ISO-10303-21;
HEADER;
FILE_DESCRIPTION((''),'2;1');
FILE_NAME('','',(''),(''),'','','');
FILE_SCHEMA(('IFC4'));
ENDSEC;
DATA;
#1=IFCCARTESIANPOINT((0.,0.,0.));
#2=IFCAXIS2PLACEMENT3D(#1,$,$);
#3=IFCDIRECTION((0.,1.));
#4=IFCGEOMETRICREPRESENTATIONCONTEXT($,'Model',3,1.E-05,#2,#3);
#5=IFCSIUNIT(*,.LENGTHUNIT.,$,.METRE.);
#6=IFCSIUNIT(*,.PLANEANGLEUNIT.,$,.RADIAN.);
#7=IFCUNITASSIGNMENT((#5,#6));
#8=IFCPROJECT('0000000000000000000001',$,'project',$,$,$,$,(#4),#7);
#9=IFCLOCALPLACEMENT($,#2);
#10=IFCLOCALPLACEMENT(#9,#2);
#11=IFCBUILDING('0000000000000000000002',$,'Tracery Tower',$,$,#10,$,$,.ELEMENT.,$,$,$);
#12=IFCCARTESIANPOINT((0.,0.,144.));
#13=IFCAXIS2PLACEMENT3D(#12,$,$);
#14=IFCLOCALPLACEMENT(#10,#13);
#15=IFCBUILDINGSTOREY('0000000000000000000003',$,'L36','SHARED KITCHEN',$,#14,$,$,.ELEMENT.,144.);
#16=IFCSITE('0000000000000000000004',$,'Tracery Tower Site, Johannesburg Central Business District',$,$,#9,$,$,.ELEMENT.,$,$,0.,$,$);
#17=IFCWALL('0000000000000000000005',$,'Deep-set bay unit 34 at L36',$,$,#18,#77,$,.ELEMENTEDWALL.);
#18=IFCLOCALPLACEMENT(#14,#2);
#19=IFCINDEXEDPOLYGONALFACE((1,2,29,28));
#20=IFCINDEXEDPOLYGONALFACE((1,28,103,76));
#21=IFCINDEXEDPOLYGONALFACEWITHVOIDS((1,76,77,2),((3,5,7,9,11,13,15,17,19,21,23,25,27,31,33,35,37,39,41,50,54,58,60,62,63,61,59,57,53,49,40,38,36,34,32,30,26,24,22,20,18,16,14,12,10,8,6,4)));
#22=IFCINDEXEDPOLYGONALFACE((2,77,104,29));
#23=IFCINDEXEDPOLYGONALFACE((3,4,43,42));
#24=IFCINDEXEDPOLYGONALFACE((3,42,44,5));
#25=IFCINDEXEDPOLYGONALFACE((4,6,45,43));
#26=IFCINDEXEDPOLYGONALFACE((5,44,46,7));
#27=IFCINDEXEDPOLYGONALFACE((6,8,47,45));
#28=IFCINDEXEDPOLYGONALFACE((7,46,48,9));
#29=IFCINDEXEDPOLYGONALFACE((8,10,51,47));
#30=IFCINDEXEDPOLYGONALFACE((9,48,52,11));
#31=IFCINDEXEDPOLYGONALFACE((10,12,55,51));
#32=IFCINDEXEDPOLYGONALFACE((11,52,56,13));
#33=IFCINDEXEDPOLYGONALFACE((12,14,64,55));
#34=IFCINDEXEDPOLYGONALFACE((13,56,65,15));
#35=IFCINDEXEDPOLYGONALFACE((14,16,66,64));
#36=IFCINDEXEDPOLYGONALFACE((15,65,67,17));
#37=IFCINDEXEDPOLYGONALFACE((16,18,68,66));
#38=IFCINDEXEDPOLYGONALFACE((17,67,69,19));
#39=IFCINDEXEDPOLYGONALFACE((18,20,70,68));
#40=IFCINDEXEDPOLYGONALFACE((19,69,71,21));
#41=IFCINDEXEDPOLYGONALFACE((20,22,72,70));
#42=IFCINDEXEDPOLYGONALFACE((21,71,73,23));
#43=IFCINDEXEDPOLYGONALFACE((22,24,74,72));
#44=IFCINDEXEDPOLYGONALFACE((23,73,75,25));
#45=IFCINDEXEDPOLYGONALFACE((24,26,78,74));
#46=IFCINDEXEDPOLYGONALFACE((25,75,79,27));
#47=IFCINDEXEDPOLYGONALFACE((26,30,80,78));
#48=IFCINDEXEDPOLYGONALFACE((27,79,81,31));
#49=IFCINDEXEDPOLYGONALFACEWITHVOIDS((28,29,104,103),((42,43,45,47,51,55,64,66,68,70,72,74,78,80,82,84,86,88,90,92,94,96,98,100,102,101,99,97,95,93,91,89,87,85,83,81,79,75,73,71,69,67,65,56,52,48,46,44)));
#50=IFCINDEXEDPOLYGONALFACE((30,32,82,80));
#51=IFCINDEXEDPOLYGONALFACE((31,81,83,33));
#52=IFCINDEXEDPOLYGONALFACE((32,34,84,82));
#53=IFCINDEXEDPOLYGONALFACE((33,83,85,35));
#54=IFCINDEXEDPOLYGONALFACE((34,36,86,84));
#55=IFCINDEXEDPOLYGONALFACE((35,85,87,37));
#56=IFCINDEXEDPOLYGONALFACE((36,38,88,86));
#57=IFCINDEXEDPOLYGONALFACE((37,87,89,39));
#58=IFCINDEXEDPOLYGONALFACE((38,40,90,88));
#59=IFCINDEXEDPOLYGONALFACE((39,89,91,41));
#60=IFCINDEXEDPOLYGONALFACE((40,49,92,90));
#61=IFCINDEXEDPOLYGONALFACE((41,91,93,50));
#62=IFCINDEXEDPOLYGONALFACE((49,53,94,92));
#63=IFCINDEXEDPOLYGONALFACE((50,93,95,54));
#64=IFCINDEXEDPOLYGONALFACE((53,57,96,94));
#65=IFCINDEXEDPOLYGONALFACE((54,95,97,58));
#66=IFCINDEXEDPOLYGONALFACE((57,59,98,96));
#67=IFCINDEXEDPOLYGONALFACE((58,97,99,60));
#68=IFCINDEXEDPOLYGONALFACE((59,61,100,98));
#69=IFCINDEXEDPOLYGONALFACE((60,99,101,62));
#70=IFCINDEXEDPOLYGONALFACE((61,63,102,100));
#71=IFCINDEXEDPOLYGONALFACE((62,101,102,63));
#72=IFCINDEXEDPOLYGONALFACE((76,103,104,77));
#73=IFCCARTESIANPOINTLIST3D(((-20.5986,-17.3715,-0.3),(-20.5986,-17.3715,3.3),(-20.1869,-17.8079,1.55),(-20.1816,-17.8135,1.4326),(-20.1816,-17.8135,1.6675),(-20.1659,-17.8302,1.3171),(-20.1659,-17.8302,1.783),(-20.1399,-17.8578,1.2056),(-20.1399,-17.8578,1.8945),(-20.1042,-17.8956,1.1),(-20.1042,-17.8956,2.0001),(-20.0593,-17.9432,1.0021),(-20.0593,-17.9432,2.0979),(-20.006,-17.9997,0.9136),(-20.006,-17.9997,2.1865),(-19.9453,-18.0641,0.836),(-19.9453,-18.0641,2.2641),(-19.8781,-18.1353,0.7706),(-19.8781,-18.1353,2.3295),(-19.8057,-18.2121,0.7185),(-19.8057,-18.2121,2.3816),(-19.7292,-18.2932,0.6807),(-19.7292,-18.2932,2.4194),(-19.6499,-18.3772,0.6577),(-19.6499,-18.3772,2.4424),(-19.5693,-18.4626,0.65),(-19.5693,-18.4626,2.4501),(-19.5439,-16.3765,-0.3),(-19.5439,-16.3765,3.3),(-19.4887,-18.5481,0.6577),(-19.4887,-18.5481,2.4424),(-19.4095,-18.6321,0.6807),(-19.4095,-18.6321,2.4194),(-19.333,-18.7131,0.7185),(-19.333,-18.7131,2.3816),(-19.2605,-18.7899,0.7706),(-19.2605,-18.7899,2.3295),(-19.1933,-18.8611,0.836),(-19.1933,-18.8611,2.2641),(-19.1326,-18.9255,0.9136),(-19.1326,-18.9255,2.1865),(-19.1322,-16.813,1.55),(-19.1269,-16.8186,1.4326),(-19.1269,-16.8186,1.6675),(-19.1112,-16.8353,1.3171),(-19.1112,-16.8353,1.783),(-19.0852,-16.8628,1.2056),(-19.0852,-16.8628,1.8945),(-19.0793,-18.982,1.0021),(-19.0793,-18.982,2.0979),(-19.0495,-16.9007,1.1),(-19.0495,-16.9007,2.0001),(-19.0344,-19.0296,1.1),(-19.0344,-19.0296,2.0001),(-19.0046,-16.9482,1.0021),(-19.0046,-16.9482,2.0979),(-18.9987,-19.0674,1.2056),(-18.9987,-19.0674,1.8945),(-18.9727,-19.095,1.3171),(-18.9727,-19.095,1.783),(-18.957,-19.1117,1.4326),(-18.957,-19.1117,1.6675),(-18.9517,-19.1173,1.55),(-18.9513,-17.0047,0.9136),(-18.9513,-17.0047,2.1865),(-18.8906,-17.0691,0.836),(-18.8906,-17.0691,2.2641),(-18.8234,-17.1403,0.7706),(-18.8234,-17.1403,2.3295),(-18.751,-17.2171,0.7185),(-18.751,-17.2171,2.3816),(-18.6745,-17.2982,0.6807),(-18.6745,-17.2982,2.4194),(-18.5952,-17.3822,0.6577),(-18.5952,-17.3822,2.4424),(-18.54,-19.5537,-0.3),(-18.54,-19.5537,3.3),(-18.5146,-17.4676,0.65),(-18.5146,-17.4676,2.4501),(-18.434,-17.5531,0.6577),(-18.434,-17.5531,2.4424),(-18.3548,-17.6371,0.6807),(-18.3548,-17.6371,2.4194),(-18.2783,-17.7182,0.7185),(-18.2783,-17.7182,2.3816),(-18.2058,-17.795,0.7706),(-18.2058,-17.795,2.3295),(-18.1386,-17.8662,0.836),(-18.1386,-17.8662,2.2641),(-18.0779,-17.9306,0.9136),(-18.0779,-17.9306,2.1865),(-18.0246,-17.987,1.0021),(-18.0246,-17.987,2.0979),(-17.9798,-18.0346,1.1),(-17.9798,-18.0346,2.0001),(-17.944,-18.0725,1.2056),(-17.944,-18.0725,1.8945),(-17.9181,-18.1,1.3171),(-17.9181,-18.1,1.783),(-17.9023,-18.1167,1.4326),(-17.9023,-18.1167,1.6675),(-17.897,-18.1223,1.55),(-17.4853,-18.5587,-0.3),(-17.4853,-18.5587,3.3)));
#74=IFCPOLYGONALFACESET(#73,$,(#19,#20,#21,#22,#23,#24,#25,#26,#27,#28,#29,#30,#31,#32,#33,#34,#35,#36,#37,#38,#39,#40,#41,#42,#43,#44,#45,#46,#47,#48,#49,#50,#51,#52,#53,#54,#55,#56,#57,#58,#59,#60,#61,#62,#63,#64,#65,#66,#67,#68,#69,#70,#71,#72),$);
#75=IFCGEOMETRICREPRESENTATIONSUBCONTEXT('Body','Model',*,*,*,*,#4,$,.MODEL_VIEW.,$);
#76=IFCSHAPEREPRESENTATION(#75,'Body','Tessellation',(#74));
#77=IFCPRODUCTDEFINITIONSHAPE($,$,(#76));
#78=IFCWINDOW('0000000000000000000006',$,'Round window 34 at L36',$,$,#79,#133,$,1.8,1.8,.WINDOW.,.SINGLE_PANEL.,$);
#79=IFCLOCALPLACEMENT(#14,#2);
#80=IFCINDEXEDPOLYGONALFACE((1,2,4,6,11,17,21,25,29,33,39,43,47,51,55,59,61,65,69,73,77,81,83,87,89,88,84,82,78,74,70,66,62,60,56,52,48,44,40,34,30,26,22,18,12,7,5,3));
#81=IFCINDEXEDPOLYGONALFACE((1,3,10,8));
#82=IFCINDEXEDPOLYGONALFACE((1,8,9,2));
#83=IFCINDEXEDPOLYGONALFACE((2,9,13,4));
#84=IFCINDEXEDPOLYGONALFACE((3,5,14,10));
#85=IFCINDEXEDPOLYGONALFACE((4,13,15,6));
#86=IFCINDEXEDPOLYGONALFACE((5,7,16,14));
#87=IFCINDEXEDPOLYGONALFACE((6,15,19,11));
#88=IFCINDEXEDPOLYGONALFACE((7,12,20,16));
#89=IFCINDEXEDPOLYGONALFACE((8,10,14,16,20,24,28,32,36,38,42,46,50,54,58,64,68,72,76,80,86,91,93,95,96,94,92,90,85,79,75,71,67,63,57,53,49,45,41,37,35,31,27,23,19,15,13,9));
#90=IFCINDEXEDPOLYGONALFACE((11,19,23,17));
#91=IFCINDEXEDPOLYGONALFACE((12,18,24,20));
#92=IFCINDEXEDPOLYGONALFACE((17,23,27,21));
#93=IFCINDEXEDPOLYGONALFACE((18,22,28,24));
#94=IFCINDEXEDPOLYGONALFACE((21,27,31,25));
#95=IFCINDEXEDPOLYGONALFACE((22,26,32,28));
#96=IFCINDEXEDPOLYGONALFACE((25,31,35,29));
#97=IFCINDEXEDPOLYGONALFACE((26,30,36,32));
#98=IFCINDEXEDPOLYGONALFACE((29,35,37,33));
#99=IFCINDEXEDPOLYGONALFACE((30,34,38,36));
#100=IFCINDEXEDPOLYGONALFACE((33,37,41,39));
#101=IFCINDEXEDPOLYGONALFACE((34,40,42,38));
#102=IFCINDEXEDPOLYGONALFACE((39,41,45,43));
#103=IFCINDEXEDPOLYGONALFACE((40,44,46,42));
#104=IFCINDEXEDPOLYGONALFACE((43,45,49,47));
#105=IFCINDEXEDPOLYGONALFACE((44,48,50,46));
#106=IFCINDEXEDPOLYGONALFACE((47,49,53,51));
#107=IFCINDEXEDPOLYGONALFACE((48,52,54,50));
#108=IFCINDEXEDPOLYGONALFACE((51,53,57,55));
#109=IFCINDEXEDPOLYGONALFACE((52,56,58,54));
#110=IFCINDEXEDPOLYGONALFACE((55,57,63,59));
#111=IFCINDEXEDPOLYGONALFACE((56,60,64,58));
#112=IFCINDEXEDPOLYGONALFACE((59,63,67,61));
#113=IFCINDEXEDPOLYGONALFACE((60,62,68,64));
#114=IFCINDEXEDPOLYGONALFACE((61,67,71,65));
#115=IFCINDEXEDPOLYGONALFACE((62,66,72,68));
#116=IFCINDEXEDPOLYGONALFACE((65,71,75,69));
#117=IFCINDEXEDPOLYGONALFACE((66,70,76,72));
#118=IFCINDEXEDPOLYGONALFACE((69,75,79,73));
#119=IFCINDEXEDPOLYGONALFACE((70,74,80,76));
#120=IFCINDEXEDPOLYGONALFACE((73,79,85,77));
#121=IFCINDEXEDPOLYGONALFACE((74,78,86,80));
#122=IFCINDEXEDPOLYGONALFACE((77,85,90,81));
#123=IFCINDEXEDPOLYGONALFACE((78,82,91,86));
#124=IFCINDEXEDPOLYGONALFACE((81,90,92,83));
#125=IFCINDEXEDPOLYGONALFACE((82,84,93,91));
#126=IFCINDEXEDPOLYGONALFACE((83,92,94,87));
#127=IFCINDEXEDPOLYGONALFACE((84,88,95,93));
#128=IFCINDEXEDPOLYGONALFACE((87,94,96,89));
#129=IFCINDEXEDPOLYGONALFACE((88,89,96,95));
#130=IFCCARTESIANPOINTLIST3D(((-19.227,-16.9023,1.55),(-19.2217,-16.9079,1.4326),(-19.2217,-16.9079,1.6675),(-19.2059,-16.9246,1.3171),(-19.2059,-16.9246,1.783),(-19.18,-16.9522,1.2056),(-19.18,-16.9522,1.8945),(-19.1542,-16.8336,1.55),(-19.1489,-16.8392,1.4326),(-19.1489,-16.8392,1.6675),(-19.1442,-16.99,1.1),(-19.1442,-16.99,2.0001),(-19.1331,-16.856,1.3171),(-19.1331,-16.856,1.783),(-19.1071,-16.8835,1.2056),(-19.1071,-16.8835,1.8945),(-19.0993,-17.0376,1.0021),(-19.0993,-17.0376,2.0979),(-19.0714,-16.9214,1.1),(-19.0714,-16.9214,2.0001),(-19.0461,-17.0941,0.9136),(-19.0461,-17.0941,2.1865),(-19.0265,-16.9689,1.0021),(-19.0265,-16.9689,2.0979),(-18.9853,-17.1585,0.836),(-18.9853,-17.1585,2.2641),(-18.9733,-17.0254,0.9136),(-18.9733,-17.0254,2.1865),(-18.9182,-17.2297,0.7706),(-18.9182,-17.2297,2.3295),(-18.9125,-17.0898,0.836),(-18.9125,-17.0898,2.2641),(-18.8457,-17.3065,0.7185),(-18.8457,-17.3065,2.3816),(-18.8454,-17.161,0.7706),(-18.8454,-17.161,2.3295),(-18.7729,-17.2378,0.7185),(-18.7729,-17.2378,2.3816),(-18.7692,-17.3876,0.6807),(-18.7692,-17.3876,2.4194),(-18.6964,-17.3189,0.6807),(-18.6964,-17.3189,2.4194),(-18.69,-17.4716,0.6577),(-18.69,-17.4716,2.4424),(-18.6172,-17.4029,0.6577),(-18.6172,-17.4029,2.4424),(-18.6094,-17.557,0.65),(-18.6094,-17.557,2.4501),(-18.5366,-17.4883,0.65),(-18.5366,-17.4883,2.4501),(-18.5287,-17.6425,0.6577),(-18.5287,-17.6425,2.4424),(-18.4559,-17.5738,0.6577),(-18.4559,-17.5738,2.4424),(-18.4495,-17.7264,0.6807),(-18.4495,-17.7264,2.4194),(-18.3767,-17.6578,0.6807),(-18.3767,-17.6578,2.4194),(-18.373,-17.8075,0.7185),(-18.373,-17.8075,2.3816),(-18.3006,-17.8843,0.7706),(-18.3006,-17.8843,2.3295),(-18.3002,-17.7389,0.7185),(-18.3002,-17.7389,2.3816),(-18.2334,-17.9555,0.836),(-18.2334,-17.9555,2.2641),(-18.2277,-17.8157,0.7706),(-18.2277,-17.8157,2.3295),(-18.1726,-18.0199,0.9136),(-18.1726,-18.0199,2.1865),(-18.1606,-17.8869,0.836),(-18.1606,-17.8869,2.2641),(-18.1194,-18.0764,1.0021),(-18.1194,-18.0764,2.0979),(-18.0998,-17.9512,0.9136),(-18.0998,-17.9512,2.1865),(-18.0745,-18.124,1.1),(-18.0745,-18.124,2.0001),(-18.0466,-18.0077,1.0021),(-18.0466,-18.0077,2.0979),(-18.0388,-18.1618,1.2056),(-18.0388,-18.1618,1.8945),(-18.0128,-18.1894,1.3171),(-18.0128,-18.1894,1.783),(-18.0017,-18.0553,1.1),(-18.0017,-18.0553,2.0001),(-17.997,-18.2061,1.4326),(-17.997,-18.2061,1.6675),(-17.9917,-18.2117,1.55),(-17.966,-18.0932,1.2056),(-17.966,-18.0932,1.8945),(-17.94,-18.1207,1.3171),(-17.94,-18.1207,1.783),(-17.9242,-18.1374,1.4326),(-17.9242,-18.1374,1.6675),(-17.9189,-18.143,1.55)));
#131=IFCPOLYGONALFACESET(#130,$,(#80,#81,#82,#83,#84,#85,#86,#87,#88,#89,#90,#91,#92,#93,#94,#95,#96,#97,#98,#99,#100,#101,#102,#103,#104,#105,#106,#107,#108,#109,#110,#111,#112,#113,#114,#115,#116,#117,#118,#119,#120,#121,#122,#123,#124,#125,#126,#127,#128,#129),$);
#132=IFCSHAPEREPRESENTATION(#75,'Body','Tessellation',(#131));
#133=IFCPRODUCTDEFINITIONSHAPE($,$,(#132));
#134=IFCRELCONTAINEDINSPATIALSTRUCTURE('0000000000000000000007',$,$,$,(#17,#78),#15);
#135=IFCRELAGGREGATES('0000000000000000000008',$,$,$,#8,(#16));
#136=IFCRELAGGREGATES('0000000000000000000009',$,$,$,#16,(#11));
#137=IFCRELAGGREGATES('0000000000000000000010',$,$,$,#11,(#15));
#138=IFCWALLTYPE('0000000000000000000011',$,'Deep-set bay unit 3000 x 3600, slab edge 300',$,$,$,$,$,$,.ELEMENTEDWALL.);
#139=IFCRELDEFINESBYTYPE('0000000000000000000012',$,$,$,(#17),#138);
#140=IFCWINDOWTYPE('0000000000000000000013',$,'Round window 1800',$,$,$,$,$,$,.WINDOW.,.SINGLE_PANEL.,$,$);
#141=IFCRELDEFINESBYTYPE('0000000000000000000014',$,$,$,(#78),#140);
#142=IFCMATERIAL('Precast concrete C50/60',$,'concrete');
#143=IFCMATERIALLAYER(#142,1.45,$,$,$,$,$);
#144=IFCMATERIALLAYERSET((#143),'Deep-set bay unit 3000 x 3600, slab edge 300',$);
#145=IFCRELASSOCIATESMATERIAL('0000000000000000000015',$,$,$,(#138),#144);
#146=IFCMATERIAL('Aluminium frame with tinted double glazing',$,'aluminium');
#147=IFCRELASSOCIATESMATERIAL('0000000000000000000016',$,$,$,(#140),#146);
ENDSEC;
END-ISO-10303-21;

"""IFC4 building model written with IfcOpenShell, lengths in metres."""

from ifc_helpers import new_model, si_unit, direction, frame, frame_2d, origin, origin_2d, place, context, subcontext, project, spatial, rectangle, circle, extrude, material, layer, layer_set, type_object, element, fill, save


model = new_model("IFC4")

# Units and contexts
model_context = context("Model", 3, precision=1e-05, world=origin(), true_north=direction((0.0, 1.0)))
body_context = subcontext(model_context, "Body", "Model", "MODEL_VIEW")
ifc_project = project(units=[si_unit("LENGTHUNIT", "METRE"), si_unit("PLANEANGLEUNIT", "RADIAN")], contexts=[model_context])

# Site, building, storey
site_placement = place(None, origin())
site = spatial("IfcSite", under=ifc_project, at=site_placement, Name="Tracery Tower Site, Johannesburg Central Business District", CompositionType="ELEMENT", RefElevation=0.0)
building_placement = place(site_placement, origin())
building = spatial("IfcBuilding", under=site, at=building_placement, Name="Tracery Tower", CompositionType="ELEMENT")
storey_placement = place(building_placement, frame((0.0, 0.0, 144.0)))
storey = spatial("IfcBuildingStorey", under=building, at=storey_placement, Name="L36", Description="SHARED KITCHEN", CompositionType="ELEMENT", Elevation=144.0)

# Wall, opening, window
ifc_material_1 = material(Name="Precast concrete C50/60", Category="concrete")
ifc_layer_1 = layer(ifc_material_1, 1.45)
ifc_layer_set_1 = layer_set([ifc_layer_1], Name="Deep-set bay unit 3000 x 3600, slab edge 300")
wall_type_1 = type_object("IfcWallType", Name="Deep-set bay unit 3000 x 3600, slab edge 300", PredefinedType="ELEMENTEDWALL", material=ifc_layer_set_1)
ifc_material_2 = material(Name="Aluminium frame with tinted double glazing", Category="aluminium")
window_type = type_object("IfcWindowType", Name="Round window 1800", PartitioningType="SINGLE_PANEL", PredefinedType="WINDOW", material=ifc_material_2)
wall_1_placement = place(storey_placement, frame((-20.0713, -16.874, -0.3), z_axis=(0.0, 0.0, 1.0), x_axis=(0.686217, -0.727397, 0.0)))
wall_1 = element("IfcWall", 1, at=wall_1_placement, inside=storey, type_object=wall_type_1, Name="Deep-set bay unit 34 at L36", PredefinedType="ELEMENTEDWALL", context=body_context, shape_type="SweptSolid", body=[
    extrude(rectangle(XDim=3.0, YDim=1.45, at=frame_2d((1.5, 0.0))), origin(), (0.0, 0.0, 1.0), 3.6001),
])
opening_1_placement = place(wall_1_placement, frame((1.5, 0.0, 1.8501)))
opening_1 = element("IfcOpeningElement", 2, at=opening_1_placement, cuts=wall_1, PredefinedType="OPENING", context=body_context, shape_type="SweptSolid", body=[
    extrude(circle(Radius=0.9, at=origin_2d()), frame((0.0, 0.7349, 0.0), z_axis=(0.0, -1.0, 0.0), x_axis=(1.0, 0.0, 0.0)), (0.0, 0.0, 1.0), 1.47),
])
window_1_placement = place(opening_1_placement, origin())
window_1 = element("IfcWindow", 3, at=window_1_placement, inside=storey, type_object=window_type, Name="Round window 34 at L36", OverallHeight=1.8, OverallWidth=1.8, PartitioningType="SINGLE_PANEL", PredefinedType="WINDOW", context=body_context, shape_type="SweptSolid", body=[
    extrude(circle(Radius=0.9, at=origin_2d()), frame((0.0, 0.6948, 0.0), z_axis=(0.0, -1.0, 0.0), x_axis=(1.0, 0.0, 0.0)), (0.0, 0.0, 1.0), 0.1001),
])
fill(opening_1, window_1)

save(model, "model.ifc")
